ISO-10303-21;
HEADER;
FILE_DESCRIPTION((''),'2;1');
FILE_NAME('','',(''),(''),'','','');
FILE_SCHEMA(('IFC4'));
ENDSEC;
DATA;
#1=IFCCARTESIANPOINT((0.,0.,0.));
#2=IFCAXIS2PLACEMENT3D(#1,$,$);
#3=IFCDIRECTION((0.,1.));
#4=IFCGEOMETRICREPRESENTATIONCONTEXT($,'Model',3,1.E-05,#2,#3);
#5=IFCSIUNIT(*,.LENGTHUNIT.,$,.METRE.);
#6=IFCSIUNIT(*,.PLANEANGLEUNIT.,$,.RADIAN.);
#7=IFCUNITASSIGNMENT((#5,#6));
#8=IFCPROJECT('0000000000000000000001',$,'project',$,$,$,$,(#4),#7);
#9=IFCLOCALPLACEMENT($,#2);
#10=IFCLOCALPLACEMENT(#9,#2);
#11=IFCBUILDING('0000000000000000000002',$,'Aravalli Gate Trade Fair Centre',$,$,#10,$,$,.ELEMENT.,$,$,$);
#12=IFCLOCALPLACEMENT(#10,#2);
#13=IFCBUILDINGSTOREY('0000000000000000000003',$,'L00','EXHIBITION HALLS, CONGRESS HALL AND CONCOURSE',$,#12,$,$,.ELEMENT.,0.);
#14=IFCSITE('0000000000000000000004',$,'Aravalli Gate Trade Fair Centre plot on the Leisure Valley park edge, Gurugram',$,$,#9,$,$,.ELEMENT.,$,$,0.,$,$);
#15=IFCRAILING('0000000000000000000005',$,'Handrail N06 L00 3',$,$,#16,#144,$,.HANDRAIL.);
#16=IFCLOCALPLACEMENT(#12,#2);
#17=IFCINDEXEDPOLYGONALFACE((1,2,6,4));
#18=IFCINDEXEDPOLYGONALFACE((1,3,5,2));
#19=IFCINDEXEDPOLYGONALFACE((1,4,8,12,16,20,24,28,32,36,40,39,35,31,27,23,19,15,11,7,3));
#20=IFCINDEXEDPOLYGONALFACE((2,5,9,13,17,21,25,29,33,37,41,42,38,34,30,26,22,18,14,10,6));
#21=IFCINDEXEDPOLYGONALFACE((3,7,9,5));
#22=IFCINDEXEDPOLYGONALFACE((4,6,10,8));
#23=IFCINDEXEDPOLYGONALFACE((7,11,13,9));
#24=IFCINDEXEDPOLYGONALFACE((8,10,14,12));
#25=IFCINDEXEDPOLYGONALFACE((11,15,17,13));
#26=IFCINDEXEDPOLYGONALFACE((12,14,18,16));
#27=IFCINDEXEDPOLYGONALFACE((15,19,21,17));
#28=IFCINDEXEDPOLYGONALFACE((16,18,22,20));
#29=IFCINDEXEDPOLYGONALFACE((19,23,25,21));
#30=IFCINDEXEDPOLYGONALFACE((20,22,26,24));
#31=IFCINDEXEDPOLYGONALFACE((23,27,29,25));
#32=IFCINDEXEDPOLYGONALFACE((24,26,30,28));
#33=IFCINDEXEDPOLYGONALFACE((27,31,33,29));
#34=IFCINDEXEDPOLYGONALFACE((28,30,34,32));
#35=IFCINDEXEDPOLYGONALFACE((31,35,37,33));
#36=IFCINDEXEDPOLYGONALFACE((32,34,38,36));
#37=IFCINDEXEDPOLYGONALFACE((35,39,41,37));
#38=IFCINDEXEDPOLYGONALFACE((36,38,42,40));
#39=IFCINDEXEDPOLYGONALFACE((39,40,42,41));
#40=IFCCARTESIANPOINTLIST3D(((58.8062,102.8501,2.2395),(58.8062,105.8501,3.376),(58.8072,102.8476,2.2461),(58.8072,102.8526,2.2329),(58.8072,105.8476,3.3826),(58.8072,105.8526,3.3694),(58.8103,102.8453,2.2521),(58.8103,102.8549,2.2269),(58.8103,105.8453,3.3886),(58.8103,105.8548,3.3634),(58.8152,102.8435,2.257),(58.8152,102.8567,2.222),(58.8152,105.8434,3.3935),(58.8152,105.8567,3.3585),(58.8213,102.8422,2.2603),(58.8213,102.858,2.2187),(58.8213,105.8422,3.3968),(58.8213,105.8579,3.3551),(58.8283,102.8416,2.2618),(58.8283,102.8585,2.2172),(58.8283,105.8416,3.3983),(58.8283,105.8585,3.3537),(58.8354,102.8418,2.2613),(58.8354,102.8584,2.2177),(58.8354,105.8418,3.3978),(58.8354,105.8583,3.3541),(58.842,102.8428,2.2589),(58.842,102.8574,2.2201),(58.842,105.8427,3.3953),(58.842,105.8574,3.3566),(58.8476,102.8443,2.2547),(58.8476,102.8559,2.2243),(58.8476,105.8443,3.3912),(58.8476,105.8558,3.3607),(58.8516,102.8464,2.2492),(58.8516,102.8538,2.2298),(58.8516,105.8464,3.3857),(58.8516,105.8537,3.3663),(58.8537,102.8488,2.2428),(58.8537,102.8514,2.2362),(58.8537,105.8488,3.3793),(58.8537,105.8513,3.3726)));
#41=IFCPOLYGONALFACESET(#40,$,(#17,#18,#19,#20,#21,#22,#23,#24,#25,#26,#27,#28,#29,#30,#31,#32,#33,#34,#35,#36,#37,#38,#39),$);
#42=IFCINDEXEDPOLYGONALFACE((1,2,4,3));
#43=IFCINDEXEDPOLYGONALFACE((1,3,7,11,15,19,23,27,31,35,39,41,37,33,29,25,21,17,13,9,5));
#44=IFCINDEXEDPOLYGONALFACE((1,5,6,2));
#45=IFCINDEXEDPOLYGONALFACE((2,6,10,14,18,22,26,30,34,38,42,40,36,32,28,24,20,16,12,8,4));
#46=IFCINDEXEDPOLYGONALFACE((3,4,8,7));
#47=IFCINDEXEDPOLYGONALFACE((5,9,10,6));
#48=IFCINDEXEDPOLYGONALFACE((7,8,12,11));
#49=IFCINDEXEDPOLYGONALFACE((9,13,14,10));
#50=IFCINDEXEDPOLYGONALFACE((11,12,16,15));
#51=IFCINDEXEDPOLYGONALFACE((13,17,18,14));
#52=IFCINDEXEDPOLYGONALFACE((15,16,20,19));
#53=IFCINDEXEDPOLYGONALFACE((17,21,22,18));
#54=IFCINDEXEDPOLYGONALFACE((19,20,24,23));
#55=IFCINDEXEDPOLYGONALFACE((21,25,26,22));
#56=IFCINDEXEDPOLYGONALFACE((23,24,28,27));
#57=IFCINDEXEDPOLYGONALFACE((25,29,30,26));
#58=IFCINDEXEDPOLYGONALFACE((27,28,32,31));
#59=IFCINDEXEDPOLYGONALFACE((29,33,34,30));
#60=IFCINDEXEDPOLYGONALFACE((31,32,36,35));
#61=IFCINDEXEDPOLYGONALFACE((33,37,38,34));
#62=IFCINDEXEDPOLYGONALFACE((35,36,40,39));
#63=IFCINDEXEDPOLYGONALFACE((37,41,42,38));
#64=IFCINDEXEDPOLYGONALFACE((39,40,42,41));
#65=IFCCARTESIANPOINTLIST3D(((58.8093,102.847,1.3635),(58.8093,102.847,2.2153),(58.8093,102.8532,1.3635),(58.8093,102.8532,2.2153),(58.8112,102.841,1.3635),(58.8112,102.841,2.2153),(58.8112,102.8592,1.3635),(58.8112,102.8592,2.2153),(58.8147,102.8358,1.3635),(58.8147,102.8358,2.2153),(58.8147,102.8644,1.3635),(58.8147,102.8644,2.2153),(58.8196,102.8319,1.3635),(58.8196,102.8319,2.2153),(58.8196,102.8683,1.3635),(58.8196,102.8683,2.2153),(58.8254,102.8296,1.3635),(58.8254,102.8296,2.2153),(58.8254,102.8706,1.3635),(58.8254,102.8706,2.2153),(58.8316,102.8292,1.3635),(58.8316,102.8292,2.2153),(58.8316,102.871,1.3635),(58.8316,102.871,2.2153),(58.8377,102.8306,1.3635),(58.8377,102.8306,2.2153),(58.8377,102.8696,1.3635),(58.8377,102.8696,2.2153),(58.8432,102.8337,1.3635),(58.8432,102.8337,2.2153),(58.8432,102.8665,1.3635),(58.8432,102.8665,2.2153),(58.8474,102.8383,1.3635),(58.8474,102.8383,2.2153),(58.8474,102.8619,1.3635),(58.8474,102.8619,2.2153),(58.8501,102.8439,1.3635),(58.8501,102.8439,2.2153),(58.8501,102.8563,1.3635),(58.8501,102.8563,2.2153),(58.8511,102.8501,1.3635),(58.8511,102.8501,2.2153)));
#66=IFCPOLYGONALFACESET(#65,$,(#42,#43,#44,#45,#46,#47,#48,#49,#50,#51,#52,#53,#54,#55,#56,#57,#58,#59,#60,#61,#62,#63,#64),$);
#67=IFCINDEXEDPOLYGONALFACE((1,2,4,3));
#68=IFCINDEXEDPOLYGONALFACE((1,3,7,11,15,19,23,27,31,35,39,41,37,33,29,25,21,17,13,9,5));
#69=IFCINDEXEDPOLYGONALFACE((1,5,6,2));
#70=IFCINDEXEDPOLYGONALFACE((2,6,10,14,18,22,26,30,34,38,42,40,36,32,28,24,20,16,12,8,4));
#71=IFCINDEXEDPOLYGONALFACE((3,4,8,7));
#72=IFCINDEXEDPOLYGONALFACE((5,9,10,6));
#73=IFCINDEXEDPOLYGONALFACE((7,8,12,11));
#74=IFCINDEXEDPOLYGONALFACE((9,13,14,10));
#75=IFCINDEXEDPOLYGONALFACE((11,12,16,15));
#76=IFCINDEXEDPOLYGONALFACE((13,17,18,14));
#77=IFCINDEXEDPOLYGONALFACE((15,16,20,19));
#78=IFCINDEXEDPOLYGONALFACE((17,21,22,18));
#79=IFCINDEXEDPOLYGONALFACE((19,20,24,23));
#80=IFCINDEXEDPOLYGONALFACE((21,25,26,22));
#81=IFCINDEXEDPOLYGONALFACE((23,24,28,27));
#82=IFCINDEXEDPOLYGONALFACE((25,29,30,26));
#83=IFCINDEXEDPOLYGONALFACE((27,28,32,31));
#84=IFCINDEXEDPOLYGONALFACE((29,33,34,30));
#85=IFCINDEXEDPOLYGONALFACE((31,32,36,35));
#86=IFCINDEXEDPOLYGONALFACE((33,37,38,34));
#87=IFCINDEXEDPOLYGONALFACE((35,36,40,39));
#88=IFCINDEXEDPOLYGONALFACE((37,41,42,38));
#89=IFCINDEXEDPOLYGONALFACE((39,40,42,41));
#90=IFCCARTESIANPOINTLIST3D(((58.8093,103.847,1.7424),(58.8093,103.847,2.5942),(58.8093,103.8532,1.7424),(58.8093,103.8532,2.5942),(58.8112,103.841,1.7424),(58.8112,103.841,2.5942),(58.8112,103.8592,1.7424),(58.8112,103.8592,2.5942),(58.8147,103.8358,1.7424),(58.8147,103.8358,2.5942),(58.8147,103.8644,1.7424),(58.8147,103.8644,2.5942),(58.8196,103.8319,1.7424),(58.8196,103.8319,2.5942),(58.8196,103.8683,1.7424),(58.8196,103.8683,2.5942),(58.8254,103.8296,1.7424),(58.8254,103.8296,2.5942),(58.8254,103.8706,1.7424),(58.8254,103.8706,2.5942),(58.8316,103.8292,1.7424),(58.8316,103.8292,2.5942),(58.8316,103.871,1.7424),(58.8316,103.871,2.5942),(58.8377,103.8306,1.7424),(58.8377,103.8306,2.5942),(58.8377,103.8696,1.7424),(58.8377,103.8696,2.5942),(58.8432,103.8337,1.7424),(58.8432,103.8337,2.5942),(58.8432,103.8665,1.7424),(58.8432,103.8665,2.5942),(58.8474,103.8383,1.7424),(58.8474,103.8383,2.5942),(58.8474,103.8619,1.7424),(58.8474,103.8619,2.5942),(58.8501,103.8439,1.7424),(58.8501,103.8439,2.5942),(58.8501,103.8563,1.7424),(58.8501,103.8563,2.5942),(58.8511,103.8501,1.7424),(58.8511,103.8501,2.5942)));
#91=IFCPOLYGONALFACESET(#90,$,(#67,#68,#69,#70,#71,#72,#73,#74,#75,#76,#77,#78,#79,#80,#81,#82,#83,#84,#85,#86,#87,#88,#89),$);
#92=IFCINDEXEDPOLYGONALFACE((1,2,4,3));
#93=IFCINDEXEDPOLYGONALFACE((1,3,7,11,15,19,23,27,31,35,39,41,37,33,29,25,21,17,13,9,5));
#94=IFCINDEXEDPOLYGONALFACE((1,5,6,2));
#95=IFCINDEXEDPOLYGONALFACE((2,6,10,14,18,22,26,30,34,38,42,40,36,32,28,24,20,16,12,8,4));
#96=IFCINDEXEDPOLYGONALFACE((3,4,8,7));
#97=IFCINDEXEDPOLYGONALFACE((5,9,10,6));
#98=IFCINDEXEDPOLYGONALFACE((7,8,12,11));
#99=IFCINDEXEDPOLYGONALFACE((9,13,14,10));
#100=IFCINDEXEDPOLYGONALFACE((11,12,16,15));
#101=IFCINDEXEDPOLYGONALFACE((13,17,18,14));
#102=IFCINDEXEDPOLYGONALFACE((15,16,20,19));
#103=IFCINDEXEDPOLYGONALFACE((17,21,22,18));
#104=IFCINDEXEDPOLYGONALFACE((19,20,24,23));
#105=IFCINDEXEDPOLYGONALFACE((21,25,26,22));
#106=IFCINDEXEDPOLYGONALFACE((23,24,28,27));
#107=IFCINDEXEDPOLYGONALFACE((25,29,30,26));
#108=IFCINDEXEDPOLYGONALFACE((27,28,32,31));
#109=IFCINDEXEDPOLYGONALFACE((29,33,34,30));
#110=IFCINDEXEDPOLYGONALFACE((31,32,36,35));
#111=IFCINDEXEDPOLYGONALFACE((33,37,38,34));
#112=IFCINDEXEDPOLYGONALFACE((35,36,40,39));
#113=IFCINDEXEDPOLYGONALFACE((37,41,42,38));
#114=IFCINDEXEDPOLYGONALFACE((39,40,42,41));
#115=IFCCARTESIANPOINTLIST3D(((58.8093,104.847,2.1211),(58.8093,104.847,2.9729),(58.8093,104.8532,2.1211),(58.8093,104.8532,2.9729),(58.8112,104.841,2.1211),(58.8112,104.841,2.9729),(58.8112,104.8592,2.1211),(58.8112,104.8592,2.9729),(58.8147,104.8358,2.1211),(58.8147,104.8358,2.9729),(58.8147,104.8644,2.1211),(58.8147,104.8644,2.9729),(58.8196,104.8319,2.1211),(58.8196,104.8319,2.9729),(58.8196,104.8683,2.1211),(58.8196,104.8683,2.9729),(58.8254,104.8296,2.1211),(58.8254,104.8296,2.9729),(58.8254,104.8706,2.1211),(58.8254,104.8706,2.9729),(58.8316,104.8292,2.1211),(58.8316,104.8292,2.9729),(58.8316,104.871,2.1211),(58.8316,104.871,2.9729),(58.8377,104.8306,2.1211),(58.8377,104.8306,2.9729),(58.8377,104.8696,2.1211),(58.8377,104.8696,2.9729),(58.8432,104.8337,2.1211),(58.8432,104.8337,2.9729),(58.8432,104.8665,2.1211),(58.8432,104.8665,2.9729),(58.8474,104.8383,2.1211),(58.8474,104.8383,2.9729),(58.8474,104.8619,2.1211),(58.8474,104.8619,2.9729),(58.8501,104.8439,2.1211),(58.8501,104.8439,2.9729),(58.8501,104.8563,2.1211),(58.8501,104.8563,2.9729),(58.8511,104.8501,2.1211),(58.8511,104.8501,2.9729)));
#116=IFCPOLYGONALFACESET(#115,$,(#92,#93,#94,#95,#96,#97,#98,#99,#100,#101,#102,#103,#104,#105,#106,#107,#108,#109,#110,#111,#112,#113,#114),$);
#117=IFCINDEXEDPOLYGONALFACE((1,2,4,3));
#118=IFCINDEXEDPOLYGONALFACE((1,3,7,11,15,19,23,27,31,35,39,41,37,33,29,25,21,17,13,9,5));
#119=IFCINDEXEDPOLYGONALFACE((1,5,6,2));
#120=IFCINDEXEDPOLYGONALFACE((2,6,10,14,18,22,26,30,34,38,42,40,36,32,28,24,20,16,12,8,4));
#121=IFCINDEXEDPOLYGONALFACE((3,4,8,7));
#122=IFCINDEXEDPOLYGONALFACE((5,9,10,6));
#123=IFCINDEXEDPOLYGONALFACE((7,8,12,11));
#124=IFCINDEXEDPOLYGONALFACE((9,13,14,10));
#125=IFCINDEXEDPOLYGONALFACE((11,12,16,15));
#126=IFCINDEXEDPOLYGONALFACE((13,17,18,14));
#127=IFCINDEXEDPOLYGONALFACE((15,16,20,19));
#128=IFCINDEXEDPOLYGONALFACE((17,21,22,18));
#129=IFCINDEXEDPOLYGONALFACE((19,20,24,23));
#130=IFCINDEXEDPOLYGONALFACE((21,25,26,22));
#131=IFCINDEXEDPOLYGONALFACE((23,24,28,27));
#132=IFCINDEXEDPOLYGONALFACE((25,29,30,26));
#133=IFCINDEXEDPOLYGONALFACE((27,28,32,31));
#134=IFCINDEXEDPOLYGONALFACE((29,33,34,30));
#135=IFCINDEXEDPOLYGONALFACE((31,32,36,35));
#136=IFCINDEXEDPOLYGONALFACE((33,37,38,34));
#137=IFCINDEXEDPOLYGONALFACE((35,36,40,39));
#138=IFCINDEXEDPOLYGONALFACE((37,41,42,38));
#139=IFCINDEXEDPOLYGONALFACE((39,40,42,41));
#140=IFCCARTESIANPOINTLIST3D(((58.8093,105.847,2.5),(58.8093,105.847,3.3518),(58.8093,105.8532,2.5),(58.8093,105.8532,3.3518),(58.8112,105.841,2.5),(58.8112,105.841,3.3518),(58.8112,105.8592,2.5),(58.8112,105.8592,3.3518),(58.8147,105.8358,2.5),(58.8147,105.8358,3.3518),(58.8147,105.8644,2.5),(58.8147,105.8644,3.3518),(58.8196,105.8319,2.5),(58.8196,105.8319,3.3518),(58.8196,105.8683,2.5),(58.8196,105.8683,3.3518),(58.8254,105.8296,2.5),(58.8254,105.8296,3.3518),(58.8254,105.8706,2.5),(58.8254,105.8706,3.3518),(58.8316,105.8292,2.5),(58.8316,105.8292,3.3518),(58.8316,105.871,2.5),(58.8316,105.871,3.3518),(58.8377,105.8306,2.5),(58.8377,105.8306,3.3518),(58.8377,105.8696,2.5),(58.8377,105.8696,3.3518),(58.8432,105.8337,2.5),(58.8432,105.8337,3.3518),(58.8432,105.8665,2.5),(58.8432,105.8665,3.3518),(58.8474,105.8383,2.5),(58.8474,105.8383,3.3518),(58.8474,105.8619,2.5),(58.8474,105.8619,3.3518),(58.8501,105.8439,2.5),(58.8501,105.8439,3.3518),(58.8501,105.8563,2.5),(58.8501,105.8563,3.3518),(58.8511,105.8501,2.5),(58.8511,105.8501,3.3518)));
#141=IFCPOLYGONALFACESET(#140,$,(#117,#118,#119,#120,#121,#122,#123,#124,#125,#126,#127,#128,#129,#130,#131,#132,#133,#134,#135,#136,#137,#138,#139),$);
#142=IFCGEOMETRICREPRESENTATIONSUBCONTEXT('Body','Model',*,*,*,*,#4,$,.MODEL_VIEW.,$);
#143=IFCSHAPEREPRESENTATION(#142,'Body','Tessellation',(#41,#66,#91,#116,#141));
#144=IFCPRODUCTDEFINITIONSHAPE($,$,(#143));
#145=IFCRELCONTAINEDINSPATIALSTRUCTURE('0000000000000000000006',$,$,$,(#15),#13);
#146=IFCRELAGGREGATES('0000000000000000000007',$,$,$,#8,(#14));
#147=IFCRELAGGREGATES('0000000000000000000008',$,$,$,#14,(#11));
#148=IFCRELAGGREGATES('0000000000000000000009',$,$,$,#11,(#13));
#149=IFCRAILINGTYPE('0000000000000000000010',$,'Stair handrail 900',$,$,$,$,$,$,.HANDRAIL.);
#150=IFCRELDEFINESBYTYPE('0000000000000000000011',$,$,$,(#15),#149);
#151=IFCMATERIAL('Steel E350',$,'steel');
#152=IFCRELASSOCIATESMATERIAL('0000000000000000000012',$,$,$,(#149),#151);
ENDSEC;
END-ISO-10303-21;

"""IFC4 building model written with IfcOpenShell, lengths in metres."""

from ifc_helpers import new_model, si_unit, direction, frame, origin, origin_2d, place, context, subcontext, project, spatial, circle, extrude, material, type_object, element, save


model = new_model("IFC4")

# Units and contexts
model_context = context("Model", 3, precision=1e-05, world=origin(), true_north=direction((0.0, 1.0)))
body_context = subcontext(model_context, "Body", "Model", "MODEL_VIEW")
ifc_project = project(units=[si_unit("LENGTHUNIT", "METRE"), si_unit("PLANEANGLEUNIT", "RADIAN")], contexts=[model_context])

# Site, building, storey
site_placement = place(None, origin())
site = spatial("IfcSite", under=ifc_project, at=site_placement, Name="Aravalli Gate Trade Fair Centre plot on the Leisure Valley park edge, Gurugram", CompositionType="ELEMENT", RefElevation=0.0)
building_placement = place(site_placement, origin())
building = spatial("IfcBuilding", under=site, at=building_placement, Name="Aravalli Gate Trade Fair Centre", CompositionType="ELEMENT")
storey_placement = place(building_placement, origin())
storey = spatial("IfcBuildingStorey", under=building, at=storey_placement, Name="L00", Description="EXHIBITION HALLS, CONGRESS HALL AND CONCOURSE", CompositionType="ELEMENT", Elevation=0.0)

# Railing
ifc_material_1 = material(Name="Steel E350", Category="steel")
railing_type = type_object("IfcRailingType", Name="Stair handrail 900", PredefinedType="HANDRAIL", material=ifc_material_1)
for number, where, name in (
    (1, (58.8301, 102.8501, 1.3635), "Handrail N06 L00 3"),
):
    element("IfcRailing", number, at=place(storey_placement, frame(where)), inside=storey, type_object=railing_type, Name=name, PredefinedType="HANDRAIL", context=body_context, shape_type="SweptSolid", body=[
        extrude(circle(Radius=0.0239, at=origin_2d()), frame((0.0, 0.0, 0.876), z_axis=(0.0, 0.935148, 0.354257), x_axis=(-1.0, 0.0, 0.0)), (0.0, 0.0, 1.0), 3.208),
        extrude(circle(Radius=0.021, at=origin_2d()), origin(), (0.0, 0.0, 1.0), 0.8518),
        extrude(circle(Radius=0.021, at=origin_2d()), frame((0.0, 1.0, 0.3789)), (0.0, 0.0, 1.0), 0.8518),
        extrude(circle(Radius=0.021, at=origin_2d()), frame((0.0, 2.0, 0.7576)), (0.0, 0.0, 1.0), 0.8518),
        extrude(circle(Radius=0.021, at=origin_2d()), frame((0.0, 3.0, 1.1365)), (0.0, 0.0, 1.0), 0.8518),
    ])

save(model, "model.ifc")
